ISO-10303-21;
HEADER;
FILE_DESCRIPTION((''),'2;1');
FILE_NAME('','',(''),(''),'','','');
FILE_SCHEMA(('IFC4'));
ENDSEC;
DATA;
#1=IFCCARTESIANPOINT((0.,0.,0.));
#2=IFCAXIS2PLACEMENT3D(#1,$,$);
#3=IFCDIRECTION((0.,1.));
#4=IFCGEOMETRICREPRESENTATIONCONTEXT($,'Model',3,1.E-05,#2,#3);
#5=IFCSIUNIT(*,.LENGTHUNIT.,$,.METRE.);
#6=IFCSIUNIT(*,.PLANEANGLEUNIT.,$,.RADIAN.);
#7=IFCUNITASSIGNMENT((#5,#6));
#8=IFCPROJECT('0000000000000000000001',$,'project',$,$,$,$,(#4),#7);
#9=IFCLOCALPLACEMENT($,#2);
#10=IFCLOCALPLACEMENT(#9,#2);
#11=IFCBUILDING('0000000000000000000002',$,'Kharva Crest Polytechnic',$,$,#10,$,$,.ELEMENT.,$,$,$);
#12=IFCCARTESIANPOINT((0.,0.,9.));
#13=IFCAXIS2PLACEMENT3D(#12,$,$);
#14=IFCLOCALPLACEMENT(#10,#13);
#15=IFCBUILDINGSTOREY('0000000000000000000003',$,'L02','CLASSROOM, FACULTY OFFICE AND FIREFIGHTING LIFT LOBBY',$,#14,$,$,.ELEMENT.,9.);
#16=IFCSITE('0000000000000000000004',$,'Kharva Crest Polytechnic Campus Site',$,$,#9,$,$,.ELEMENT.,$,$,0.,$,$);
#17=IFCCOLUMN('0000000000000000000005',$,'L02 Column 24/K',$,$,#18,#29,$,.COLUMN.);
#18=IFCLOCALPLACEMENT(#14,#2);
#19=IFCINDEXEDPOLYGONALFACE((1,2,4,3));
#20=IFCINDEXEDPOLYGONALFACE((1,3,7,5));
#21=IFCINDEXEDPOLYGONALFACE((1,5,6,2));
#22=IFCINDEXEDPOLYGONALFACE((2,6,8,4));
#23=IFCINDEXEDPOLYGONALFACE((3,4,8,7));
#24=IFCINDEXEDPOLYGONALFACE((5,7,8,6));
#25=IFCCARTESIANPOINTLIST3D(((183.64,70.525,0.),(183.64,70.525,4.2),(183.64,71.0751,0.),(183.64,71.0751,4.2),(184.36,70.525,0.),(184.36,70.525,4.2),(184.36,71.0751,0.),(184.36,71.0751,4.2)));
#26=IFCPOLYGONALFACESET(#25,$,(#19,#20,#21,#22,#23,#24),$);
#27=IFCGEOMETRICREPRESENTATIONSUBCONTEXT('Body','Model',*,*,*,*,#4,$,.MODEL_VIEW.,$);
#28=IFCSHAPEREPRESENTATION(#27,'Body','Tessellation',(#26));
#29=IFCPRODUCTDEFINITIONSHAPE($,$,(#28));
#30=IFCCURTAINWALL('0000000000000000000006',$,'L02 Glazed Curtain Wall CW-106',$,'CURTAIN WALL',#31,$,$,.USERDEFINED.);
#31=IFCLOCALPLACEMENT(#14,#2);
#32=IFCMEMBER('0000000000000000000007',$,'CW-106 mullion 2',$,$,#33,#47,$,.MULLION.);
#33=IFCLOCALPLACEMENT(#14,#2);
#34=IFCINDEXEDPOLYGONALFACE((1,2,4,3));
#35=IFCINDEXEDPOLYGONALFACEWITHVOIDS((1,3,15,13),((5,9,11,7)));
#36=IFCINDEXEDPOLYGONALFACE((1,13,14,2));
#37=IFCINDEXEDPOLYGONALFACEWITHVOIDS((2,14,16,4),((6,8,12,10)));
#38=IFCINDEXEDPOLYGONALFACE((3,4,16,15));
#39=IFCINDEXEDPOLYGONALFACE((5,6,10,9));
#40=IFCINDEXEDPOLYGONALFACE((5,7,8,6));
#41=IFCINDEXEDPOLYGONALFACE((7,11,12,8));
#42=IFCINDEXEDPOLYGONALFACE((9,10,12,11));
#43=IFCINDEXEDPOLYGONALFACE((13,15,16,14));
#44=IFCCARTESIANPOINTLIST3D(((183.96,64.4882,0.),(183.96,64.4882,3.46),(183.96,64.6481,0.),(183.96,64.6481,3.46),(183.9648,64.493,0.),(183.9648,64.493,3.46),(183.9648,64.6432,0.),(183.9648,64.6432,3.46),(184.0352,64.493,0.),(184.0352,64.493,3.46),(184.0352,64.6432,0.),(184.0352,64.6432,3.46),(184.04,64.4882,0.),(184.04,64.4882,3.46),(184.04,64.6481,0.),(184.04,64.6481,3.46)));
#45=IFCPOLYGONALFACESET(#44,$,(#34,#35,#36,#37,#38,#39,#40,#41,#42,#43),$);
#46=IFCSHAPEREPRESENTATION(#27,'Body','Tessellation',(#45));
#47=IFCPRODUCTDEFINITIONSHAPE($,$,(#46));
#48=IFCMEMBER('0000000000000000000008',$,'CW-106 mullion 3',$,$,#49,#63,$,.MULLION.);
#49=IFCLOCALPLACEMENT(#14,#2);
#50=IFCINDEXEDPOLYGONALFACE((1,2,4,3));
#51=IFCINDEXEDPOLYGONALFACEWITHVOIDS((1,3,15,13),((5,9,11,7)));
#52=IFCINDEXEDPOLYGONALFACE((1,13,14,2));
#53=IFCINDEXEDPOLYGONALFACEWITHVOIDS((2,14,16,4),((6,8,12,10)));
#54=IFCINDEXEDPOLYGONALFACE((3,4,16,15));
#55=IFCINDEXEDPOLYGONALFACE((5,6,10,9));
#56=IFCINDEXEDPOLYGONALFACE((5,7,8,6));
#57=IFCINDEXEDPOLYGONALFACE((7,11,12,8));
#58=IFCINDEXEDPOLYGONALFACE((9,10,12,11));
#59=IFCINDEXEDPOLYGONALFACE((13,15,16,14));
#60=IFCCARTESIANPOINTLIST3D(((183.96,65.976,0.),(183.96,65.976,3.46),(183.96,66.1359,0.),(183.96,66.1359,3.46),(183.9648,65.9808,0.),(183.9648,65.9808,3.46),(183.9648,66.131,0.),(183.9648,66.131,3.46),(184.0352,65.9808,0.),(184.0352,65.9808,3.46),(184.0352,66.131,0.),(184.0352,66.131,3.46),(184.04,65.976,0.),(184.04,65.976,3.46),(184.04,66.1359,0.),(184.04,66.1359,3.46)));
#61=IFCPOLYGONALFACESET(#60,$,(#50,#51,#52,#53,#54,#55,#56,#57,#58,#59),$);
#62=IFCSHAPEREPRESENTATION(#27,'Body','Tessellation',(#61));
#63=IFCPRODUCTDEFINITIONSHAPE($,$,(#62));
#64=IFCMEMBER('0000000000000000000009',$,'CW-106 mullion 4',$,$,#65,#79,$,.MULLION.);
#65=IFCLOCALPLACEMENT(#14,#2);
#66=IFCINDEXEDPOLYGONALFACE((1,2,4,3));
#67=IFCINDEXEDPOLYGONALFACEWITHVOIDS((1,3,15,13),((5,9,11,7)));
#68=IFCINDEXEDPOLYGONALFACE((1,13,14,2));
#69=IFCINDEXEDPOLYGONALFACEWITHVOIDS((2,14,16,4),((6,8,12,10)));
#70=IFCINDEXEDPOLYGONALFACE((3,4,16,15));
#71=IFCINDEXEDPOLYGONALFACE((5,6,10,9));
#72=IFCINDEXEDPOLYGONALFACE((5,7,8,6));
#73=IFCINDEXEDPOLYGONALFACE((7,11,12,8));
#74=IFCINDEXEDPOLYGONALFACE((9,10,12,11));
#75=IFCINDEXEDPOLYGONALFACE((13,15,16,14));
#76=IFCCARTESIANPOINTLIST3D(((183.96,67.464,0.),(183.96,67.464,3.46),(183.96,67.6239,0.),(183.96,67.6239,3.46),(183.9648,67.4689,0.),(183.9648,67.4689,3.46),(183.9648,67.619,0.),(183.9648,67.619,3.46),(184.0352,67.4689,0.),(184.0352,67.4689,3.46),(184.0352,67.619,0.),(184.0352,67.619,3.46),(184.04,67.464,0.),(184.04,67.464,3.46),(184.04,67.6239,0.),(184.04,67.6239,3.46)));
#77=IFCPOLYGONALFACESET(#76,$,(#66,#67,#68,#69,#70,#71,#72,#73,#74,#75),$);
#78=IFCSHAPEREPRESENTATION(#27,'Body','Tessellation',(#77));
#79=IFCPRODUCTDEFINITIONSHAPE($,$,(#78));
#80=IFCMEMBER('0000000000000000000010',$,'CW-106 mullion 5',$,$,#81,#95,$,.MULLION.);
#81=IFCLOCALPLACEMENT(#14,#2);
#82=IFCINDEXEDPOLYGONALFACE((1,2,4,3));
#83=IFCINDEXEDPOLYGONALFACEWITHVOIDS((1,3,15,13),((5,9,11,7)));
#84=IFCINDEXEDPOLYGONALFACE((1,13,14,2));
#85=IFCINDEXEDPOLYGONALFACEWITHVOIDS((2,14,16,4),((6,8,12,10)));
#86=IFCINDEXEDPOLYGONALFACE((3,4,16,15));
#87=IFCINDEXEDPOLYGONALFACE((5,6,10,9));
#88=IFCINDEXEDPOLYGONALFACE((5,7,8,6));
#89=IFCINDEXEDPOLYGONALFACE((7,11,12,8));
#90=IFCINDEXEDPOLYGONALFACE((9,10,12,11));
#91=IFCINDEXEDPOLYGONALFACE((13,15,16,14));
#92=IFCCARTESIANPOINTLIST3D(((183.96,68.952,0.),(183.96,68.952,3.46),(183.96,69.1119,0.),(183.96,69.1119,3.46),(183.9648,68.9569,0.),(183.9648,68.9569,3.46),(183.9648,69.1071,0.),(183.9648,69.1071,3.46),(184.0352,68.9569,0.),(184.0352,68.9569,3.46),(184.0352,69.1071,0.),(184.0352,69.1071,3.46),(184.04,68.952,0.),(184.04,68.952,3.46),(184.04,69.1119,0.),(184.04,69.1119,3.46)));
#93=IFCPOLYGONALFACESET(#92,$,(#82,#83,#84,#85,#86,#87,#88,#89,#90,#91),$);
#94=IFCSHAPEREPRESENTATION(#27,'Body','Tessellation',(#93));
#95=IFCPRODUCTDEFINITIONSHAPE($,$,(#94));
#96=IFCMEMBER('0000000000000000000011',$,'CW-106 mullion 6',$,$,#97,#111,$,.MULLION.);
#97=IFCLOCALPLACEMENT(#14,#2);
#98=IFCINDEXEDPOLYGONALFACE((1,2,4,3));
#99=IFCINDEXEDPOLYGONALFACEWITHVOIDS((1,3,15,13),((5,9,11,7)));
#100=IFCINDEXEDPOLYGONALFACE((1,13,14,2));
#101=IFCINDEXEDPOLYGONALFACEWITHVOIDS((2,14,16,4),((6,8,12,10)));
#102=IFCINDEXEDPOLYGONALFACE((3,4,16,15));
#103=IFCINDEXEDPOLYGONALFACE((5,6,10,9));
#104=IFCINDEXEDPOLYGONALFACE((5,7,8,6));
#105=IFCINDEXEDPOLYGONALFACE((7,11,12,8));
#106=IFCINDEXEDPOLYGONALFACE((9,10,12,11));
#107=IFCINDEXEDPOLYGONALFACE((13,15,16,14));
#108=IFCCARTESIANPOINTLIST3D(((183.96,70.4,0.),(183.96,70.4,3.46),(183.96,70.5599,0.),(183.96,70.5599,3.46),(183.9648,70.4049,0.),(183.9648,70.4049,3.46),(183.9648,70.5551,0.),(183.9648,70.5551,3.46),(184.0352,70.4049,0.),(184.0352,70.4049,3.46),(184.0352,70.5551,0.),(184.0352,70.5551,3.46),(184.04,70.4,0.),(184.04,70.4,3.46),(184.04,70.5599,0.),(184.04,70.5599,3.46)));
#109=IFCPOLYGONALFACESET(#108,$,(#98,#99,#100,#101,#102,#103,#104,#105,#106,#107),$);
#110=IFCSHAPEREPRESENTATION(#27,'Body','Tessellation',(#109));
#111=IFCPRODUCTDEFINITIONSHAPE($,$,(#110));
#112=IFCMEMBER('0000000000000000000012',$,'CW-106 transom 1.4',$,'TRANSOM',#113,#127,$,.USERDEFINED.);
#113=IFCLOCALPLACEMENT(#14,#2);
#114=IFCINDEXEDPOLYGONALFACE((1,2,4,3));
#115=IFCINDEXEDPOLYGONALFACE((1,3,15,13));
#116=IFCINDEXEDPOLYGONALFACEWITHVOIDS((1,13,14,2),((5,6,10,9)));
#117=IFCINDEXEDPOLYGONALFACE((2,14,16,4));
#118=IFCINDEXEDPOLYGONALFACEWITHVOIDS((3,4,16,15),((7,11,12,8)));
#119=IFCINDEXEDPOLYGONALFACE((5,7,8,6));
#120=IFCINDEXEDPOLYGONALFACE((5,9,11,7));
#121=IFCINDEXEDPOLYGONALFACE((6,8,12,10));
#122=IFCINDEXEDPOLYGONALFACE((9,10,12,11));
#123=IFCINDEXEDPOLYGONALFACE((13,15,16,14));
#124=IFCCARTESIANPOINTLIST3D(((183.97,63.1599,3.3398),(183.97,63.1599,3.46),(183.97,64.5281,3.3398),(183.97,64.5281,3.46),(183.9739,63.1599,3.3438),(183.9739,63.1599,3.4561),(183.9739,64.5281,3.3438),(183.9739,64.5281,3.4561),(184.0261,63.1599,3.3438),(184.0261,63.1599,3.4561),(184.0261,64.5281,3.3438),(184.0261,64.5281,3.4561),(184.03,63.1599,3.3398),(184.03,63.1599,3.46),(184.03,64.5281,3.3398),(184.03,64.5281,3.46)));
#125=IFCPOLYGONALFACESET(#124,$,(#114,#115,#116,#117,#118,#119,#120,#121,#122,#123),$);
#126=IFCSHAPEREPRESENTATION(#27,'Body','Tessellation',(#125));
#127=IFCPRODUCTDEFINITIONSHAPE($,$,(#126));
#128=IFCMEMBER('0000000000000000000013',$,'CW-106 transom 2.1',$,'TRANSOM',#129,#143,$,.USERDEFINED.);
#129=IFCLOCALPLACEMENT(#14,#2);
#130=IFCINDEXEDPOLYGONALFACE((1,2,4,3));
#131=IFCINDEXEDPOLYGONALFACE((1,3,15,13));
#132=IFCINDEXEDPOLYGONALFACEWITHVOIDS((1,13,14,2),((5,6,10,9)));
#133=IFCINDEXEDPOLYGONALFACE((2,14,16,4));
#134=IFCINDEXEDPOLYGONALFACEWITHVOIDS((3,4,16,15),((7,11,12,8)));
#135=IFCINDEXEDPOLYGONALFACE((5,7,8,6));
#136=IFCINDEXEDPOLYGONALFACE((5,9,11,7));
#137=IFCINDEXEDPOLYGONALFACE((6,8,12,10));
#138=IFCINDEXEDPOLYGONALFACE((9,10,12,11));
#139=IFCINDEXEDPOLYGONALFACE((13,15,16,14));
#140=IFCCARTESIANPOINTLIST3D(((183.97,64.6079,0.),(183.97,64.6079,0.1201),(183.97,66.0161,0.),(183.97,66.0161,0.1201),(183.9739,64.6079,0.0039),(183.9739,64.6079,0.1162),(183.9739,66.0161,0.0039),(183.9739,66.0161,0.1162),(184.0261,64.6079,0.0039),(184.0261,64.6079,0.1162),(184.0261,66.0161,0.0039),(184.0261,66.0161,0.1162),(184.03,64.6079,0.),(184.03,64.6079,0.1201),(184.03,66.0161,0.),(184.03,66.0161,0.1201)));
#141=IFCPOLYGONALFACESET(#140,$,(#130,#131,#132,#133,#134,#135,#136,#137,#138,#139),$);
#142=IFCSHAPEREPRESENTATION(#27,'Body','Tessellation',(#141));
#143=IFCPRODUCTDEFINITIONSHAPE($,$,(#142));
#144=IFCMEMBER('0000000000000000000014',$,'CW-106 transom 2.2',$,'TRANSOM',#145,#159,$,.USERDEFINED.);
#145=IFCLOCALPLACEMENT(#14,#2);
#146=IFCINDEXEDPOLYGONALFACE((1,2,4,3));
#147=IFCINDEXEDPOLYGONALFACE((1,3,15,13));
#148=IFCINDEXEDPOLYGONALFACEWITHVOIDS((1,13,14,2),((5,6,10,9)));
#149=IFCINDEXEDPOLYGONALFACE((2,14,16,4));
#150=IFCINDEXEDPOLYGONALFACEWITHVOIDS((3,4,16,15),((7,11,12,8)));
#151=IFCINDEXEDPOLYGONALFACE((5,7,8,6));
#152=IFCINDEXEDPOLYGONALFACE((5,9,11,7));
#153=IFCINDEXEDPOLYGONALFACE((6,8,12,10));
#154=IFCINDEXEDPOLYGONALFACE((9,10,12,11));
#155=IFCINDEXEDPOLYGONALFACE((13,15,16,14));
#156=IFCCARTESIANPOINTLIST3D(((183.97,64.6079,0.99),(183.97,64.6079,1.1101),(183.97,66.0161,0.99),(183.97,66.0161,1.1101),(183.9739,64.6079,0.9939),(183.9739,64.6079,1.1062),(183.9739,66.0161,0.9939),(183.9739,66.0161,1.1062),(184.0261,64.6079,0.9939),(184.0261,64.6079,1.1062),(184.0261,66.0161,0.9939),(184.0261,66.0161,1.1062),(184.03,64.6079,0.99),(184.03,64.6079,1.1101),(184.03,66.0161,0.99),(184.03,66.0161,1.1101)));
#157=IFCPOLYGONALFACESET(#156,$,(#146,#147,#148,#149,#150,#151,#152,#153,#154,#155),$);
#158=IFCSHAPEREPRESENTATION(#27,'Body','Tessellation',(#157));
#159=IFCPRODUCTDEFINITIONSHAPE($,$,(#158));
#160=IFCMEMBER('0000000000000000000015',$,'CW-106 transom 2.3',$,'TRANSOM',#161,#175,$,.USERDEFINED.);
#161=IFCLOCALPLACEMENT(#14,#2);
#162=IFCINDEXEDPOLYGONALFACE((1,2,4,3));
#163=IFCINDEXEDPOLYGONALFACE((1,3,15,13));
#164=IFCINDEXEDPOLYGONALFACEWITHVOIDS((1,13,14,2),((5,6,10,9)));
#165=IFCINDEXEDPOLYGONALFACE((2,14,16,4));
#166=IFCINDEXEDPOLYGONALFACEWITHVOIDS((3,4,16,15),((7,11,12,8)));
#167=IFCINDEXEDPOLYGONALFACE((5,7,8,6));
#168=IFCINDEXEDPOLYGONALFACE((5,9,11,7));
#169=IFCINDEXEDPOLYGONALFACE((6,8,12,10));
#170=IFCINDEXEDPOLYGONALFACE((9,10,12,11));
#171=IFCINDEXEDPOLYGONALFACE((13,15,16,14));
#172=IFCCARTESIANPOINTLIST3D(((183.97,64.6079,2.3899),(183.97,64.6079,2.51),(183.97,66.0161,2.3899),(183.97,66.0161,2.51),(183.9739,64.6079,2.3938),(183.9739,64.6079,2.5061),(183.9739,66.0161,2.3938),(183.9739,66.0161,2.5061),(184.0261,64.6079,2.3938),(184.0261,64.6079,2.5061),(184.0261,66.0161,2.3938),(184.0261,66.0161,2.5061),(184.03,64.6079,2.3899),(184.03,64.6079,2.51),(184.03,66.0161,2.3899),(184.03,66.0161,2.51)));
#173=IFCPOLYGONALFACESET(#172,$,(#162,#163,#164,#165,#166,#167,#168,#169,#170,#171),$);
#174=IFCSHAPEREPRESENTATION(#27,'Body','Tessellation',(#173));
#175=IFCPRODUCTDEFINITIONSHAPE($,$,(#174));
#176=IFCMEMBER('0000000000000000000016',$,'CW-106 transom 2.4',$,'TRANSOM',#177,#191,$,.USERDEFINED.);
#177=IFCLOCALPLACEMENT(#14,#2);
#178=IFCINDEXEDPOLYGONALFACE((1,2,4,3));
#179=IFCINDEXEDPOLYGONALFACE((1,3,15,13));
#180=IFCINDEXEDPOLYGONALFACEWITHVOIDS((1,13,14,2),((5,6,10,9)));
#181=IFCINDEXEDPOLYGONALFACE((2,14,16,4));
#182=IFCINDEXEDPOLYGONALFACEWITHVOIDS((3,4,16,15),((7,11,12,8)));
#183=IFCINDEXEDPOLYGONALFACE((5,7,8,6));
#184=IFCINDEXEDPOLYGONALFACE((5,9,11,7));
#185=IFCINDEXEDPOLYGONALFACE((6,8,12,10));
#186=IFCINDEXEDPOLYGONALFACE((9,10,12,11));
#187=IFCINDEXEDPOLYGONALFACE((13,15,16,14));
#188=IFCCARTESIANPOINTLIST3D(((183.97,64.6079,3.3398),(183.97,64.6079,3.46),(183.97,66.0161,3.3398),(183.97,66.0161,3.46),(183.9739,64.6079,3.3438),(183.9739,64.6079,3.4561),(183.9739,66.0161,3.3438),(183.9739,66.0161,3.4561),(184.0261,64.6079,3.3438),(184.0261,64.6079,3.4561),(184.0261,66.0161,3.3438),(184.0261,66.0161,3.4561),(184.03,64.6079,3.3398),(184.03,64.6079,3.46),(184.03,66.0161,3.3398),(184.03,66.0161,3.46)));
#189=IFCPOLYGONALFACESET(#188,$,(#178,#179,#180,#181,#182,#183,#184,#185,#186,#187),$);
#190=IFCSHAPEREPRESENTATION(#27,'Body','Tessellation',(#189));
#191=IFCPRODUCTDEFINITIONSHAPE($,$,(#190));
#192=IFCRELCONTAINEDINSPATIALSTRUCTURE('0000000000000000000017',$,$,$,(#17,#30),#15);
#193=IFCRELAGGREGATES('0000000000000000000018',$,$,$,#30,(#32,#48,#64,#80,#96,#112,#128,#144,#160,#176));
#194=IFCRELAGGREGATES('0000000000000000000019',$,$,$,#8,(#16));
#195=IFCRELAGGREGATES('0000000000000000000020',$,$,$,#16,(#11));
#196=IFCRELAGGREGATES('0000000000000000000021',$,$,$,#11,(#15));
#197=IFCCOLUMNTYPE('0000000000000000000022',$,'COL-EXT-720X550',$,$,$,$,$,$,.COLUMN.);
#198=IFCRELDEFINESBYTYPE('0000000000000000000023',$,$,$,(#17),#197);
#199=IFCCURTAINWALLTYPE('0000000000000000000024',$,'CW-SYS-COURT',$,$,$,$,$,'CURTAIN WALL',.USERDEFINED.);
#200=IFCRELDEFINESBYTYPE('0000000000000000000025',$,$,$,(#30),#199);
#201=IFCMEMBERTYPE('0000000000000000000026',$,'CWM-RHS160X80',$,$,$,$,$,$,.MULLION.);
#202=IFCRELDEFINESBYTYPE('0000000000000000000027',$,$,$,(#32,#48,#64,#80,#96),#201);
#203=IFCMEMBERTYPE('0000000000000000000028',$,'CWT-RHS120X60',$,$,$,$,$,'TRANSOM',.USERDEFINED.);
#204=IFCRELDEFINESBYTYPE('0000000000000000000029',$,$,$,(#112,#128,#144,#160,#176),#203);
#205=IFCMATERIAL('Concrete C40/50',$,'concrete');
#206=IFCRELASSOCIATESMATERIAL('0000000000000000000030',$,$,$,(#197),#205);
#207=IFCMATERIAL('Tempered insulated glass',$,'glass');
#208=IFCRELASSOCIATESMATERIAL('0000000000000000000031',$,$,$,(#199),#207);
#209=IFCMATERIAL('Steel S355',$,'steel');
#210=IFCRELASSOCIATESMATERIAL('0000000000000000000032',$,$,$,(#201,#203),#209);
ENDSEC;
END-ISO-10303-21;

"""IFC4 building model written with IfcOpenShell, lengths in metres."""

from ifc_helpers import new_model, si_unit, direction, frame, origin, origin_2d, place, context, subcontext, project, spatial, rectangle, hollow_rectangle, extrude, material, material_profile, profile_set, type_object, element, aggregate, save


model = new_model("IFC4")

# Units and contexts
model_context = context("Model", 3, precision=1e-05, world=origin(), true_north=direction((0.0, 1.0)))
body_context = subcontext(model_context, "Body", "Model", "MODEL_VIEW")
ifc_project = project(units=[si_unit("LENGTHUNIT", "METRE"), si_unit("PLANEANGLEUNIT", "RADIAN")], contexts=[model_context])

# Site, building, storey
site_placement = place(None, origin())
site = spatial("IfcSite", under=ifc_project, at=site_placement, Name="Kharva Crest Polytechnic Campus Site", CompositionType="ELEMENT", RefElevation=0.0)
building_placement = place(site_placement, origin())
building = spatial("IfcBuilding", under=site, at=building_placement, Name="Kharva Crest Polytechnic", CompositionType="ELEMENT")
storey_placement = place(building_placement, frame((0.0, 0.0, 9.0)))
storey = spatial("IfcBuildingStorey", under=building, at=storey_placement, Name="L02", Description="CLASSROOM, FACULTY OFFICE AND FIREFIGHTING LIFT LOBBY", CompositionType="ELEMENT", Elevation=9.0)

# Column
ifc_material_1 = material(Name="Concrete C40/50", Category="concrete")
ifc_material_profile_1 = material_profile(ifc_material_1, rectangle(XDim=0.72, YDim=0.55, at=origin_2d()), Name="RECT 720 X 550")
ifc_profile_set_1 = profile_set([ifc_material_profile_1], Name="Concrete C40/50")
column_type = type_object("IfcColumnType", Name="COL-EXT-720X550", PredefinedType="COLUMN", material=ifc_profile_set_1)
column_placement = place(storey_placement, frame((184.0, 70.8, 0.0), z_axis=(0.0, 0.0, 1.0), x_axis=(1.0, 0.0, 0.0)))
element("IfcColumn", 1, at=column_placement, inside=storey, type_object=column_type, Name="L02 Column 24/K", PredefinedType="COLUMN", context=body_context, shape_type="SweptSolid", body=[
    extrude(rectangle(XDim=0.72, YDim=0.55, at=origin_2d()), origin(), (0.0, 0.0, 1.0), 4.2),
])

# Curtain wall, members
ifc_material_2 = material(Name="Tempered insulated glass", Category="glass")
curtain_wall_type = type_object("IfcCurtainWallType", Name="CW-SYS-COURT", ElementType="CURTAIN WALL", PredefinedType="USERDEFINED", material=ifc_material_2)
curtain_wall_placement = place(storey_placement, origin())
curtain_wall = element("IfcCurtainWall", 2, at=curtain_wall_placement, inside=storey, type_object=curtain_wall_type, Name="L02 Glazed Curtain Wall CW-106", ObjectType="CURTAIN WALL", PredefinedType="USERDEFINED")
ifc_material_3 = material(Name="Steel S355", Category="steel")
ifc_material_profile_2 = material_profile(ifc_material_3, hollow_rectangle(XDim=0.0801, YDim=0.1599, WallThickness=0.0049, at=origin_2d()), Name="RHS 160X80X5.0")
ifc_profile_set_2 = profile_set([ifc_material_profile_2], Name="Steel S355")
member_type_1 = type_object("IfcMemberType", Name="CWM-RHS160X80", PredefinedType="MULLION", material=ifc_profile_set_2)
member_1_placement = place(storey_placement, frame((184.0, 64.5681, 0.0), z_axis=(0.0, 0.0, 1.0), x_axis=(-1.0, 0.0, 0.0)))
member_1 = element("IfcMember", 3, at=member_1_placement, type_object=member_type_1, Name="CW-106 mullion 2", PredefinedType="MULLION", context=body_context, shape_type="SweptSolid", body=[
    extrude(hollow_rectangle(XDim=0.0801, YDim=0.1599, WallThickness=0.0049, at=origin_2d()), origin(), (0.0, 0.0, 1.0), 3.46),
])
member_2_placement = place(storey_placement, frame((184.0, 66.0559, 0.0), z_axis=(0.0, 0.0, 1.0), x_axis=(-1.0, 0.0, 0.0)))
member_2 = element("IfcMember", 4, at=member_2_placement, type_object=member_type_1, Name="CW-106 mullion 3", PredefinedType="MULLION", context=body_context, shape_type="SweptSolid", body=[
    extrude(hollow_rectangle(XDim=0.0801, YDim=0.1599, WallThickness=0.0049, at=origin_2d()), origin(), (0.0, 0.0, 1.0), 3.46),
])
member_3_placement = place(storey_placement, frame((184.0, 67.5439, 0.0), z_axis=(0.0, 0.0, 1.0), x_axis=(-1.0, 0.0, 0.0)))
member_3 = element("IfcMember", 5, at=member_3_placement, type_object=member_type_1, Name="CW-106 mullion 4", PredefinedType="MULLION", context=body_context, shape_type="SweptSolid", body=[
    extrude(hollow_rectangle(XDim=0.0801, YDim=0.1599, WallThickness=0.0049, at=origin_2d()), origin(), (0.0, 0.0, 1.0), 3.46),
])
member_4_placement = place(storey_placement, frame((184.0, 69.032, 0.0), z_axis=(0.0, 0.0, 1.0), x_axis=(-1.0, 0.0, 0.0)))
member_4 = element("IfcMember", 6, at=member_4_placement, type_object=member_type_1, Name="CW-106 mullion 5", PredefinedType="MULLION", context=body_context, shape_type="SweptSolid", body=[
    extrude(hollow_rectangle(XDim=0.0801, YDim=0.1599, WallThickness=0.0049, at=origin_2d()), origin(), (0.0, 0.0, 1.0), 3.46),
])
member_5_placement = place(storey_placement, frame((184.0, 70.48, 0.0), z_axis=(0.0, 0.0, 1.0), x_axis=(-1.0, 0.0, 0.0)))
member_5 = element("IfcMember", 7, at=member_5_placement, type_object=member_type_1, Name="CW-106 mullion 6", PredefinedType="MULLION", context=body_context, shape_type="SweptSolid", body=[
    extrude(hollow_rectangle(XDim=0.0801, YDim=0.1599, WallThickness=0.0049, at=origin_2d()), origin(), (0.0, 0.0, 1.0), 3.46),
])
ifc_material_profile_3 = material_profile(ifc_material_3, hollow_rectangle(XDim=0.0601, YDim=0.1201, WallThickness=0.0039, at=origin_2d()), Name="RHS 120X60X4.0")
ifc_profile_set_3 = profile_set([ifc_material_profile_3], Name="Steel S355")
member_type_2 = type_object("IfcMemberType", Name="CWT-RHS120X60", ElementType="TRANSOM", PredefinedType="USERDEFINED", material=ifc_profile_set_3)
member_6_placement = place(storey_placement, frame((184.0, 63.1599, 3.3999), z_axis=(0.0, 1.0, 0.0), x_axis=(-1.0, 0.0, 0.0)))
member_6 = element("IfcMember", 8, at=member_6_placement, type_object=member_type_2, Name="CW-106 transom 1.4", ObjectType="TRANSOM", PredefinedType="USERDEFINED", context=body_context, shape_type="SweptSolid", body=[
    extrude(hollow_rectangle(XDim=0.0601, YDim=0.1201, WallThickness=0.0039, at=origin_2d()), origin(), (0.0, 0.0, 1.0), 1.3682),
])
member_7_placement = place(storey_placement, frame((184.0, 64.6079, 0.0601), z_axis=(0.0, 1.0, 0.0), x_axis=(-1.0, 0.0, 0.0)))
member_7 = element("IfcMember", 9, at=member_7_placement, type_object=member_type_2, Name="CW-106 transom 2.1", ObjectType="TRANSOM", PredefinedType="USERDEFINED", context=body_context, shape_type="SweptSolid", body=[
    extrude(hollow_rectangle(XDim=0.0601, YDim=0.1201, WallThickness=0.0039, at=origin_2d()), origin(), (0.0, 0.0, 1.0), 1.4082),
])
member_8_placement = place(storey_placement, frame((184.0, 64.6079, 1.05), z_axis=(0.0, 1.0, 0.0), x_axis=(-1.0, 0.0, 0.0)))
member_8 = element("IfcMember", 10, at=member_8_placement, type_object=member_type_2, Name="CW-106 transom 2.2", ObjectType="TRANSOM", PredefinedType="USERDEFINED", context=body_context, shape_type="SweptSolid", body=[
    extrude(hollow_rectangle(XDim=0.0601, YDim=0.1201, WallThickness=0.0039, at=origin_2d()), origin(), (0.0, 0.0, 1.0), 1.4082),
])
member_9_placement = place(storey_placement, frame((184.0, 64.6079, 2.45), z_axis=(0.0, 1.0, 0.0), x_axis=(-1.0, 0.0, 0.0)))
member_9 = element("IfcMember", 11, at=member_9_placement, type_object=member_type_2, Name="CW-106 transom 2.3", ObjectType="TRANSOM", PredefinedType="USERDEFINED", context=body_context, shape_type="SweptSolid", body=[
    extrude(hollow_rectangle(XDim=0.0601, YDim=0.1201, WallThickness=0.0039, at=origin_2d()), origin(), (0.0, 0.0, 1.0), 1.4082),
])
member_10_placement = place(storey_placement, frame((184.0, 64.6079, 3.3999), z_axis=(0.0, 1.0, 0.0), x_axis=(-1.0, 0.0, 0.0)))
member_10 = element("IfcMember", 12, at=member_10_placement, type_object=member_type_2, Name="CW-106 transom 2.4", ObjectType="TRANSOM", PredefinedType="USERDEFINED", context=body_context, shape_type="SweptSolid", body=[
    extrude(hollow_rectangle(XDim=0.0601, YDim=0.1201, WallThickness=0.0039, at=origin_2d()), origin(), (0.0, 0.0, 1.0), 1.4082),
])
aggregate(curtain_wall, [member_1, member_2, member_3, member_4, member_5, member_6, member_7, member_8, member_9, member_10])

save(model, "model.ifc")
